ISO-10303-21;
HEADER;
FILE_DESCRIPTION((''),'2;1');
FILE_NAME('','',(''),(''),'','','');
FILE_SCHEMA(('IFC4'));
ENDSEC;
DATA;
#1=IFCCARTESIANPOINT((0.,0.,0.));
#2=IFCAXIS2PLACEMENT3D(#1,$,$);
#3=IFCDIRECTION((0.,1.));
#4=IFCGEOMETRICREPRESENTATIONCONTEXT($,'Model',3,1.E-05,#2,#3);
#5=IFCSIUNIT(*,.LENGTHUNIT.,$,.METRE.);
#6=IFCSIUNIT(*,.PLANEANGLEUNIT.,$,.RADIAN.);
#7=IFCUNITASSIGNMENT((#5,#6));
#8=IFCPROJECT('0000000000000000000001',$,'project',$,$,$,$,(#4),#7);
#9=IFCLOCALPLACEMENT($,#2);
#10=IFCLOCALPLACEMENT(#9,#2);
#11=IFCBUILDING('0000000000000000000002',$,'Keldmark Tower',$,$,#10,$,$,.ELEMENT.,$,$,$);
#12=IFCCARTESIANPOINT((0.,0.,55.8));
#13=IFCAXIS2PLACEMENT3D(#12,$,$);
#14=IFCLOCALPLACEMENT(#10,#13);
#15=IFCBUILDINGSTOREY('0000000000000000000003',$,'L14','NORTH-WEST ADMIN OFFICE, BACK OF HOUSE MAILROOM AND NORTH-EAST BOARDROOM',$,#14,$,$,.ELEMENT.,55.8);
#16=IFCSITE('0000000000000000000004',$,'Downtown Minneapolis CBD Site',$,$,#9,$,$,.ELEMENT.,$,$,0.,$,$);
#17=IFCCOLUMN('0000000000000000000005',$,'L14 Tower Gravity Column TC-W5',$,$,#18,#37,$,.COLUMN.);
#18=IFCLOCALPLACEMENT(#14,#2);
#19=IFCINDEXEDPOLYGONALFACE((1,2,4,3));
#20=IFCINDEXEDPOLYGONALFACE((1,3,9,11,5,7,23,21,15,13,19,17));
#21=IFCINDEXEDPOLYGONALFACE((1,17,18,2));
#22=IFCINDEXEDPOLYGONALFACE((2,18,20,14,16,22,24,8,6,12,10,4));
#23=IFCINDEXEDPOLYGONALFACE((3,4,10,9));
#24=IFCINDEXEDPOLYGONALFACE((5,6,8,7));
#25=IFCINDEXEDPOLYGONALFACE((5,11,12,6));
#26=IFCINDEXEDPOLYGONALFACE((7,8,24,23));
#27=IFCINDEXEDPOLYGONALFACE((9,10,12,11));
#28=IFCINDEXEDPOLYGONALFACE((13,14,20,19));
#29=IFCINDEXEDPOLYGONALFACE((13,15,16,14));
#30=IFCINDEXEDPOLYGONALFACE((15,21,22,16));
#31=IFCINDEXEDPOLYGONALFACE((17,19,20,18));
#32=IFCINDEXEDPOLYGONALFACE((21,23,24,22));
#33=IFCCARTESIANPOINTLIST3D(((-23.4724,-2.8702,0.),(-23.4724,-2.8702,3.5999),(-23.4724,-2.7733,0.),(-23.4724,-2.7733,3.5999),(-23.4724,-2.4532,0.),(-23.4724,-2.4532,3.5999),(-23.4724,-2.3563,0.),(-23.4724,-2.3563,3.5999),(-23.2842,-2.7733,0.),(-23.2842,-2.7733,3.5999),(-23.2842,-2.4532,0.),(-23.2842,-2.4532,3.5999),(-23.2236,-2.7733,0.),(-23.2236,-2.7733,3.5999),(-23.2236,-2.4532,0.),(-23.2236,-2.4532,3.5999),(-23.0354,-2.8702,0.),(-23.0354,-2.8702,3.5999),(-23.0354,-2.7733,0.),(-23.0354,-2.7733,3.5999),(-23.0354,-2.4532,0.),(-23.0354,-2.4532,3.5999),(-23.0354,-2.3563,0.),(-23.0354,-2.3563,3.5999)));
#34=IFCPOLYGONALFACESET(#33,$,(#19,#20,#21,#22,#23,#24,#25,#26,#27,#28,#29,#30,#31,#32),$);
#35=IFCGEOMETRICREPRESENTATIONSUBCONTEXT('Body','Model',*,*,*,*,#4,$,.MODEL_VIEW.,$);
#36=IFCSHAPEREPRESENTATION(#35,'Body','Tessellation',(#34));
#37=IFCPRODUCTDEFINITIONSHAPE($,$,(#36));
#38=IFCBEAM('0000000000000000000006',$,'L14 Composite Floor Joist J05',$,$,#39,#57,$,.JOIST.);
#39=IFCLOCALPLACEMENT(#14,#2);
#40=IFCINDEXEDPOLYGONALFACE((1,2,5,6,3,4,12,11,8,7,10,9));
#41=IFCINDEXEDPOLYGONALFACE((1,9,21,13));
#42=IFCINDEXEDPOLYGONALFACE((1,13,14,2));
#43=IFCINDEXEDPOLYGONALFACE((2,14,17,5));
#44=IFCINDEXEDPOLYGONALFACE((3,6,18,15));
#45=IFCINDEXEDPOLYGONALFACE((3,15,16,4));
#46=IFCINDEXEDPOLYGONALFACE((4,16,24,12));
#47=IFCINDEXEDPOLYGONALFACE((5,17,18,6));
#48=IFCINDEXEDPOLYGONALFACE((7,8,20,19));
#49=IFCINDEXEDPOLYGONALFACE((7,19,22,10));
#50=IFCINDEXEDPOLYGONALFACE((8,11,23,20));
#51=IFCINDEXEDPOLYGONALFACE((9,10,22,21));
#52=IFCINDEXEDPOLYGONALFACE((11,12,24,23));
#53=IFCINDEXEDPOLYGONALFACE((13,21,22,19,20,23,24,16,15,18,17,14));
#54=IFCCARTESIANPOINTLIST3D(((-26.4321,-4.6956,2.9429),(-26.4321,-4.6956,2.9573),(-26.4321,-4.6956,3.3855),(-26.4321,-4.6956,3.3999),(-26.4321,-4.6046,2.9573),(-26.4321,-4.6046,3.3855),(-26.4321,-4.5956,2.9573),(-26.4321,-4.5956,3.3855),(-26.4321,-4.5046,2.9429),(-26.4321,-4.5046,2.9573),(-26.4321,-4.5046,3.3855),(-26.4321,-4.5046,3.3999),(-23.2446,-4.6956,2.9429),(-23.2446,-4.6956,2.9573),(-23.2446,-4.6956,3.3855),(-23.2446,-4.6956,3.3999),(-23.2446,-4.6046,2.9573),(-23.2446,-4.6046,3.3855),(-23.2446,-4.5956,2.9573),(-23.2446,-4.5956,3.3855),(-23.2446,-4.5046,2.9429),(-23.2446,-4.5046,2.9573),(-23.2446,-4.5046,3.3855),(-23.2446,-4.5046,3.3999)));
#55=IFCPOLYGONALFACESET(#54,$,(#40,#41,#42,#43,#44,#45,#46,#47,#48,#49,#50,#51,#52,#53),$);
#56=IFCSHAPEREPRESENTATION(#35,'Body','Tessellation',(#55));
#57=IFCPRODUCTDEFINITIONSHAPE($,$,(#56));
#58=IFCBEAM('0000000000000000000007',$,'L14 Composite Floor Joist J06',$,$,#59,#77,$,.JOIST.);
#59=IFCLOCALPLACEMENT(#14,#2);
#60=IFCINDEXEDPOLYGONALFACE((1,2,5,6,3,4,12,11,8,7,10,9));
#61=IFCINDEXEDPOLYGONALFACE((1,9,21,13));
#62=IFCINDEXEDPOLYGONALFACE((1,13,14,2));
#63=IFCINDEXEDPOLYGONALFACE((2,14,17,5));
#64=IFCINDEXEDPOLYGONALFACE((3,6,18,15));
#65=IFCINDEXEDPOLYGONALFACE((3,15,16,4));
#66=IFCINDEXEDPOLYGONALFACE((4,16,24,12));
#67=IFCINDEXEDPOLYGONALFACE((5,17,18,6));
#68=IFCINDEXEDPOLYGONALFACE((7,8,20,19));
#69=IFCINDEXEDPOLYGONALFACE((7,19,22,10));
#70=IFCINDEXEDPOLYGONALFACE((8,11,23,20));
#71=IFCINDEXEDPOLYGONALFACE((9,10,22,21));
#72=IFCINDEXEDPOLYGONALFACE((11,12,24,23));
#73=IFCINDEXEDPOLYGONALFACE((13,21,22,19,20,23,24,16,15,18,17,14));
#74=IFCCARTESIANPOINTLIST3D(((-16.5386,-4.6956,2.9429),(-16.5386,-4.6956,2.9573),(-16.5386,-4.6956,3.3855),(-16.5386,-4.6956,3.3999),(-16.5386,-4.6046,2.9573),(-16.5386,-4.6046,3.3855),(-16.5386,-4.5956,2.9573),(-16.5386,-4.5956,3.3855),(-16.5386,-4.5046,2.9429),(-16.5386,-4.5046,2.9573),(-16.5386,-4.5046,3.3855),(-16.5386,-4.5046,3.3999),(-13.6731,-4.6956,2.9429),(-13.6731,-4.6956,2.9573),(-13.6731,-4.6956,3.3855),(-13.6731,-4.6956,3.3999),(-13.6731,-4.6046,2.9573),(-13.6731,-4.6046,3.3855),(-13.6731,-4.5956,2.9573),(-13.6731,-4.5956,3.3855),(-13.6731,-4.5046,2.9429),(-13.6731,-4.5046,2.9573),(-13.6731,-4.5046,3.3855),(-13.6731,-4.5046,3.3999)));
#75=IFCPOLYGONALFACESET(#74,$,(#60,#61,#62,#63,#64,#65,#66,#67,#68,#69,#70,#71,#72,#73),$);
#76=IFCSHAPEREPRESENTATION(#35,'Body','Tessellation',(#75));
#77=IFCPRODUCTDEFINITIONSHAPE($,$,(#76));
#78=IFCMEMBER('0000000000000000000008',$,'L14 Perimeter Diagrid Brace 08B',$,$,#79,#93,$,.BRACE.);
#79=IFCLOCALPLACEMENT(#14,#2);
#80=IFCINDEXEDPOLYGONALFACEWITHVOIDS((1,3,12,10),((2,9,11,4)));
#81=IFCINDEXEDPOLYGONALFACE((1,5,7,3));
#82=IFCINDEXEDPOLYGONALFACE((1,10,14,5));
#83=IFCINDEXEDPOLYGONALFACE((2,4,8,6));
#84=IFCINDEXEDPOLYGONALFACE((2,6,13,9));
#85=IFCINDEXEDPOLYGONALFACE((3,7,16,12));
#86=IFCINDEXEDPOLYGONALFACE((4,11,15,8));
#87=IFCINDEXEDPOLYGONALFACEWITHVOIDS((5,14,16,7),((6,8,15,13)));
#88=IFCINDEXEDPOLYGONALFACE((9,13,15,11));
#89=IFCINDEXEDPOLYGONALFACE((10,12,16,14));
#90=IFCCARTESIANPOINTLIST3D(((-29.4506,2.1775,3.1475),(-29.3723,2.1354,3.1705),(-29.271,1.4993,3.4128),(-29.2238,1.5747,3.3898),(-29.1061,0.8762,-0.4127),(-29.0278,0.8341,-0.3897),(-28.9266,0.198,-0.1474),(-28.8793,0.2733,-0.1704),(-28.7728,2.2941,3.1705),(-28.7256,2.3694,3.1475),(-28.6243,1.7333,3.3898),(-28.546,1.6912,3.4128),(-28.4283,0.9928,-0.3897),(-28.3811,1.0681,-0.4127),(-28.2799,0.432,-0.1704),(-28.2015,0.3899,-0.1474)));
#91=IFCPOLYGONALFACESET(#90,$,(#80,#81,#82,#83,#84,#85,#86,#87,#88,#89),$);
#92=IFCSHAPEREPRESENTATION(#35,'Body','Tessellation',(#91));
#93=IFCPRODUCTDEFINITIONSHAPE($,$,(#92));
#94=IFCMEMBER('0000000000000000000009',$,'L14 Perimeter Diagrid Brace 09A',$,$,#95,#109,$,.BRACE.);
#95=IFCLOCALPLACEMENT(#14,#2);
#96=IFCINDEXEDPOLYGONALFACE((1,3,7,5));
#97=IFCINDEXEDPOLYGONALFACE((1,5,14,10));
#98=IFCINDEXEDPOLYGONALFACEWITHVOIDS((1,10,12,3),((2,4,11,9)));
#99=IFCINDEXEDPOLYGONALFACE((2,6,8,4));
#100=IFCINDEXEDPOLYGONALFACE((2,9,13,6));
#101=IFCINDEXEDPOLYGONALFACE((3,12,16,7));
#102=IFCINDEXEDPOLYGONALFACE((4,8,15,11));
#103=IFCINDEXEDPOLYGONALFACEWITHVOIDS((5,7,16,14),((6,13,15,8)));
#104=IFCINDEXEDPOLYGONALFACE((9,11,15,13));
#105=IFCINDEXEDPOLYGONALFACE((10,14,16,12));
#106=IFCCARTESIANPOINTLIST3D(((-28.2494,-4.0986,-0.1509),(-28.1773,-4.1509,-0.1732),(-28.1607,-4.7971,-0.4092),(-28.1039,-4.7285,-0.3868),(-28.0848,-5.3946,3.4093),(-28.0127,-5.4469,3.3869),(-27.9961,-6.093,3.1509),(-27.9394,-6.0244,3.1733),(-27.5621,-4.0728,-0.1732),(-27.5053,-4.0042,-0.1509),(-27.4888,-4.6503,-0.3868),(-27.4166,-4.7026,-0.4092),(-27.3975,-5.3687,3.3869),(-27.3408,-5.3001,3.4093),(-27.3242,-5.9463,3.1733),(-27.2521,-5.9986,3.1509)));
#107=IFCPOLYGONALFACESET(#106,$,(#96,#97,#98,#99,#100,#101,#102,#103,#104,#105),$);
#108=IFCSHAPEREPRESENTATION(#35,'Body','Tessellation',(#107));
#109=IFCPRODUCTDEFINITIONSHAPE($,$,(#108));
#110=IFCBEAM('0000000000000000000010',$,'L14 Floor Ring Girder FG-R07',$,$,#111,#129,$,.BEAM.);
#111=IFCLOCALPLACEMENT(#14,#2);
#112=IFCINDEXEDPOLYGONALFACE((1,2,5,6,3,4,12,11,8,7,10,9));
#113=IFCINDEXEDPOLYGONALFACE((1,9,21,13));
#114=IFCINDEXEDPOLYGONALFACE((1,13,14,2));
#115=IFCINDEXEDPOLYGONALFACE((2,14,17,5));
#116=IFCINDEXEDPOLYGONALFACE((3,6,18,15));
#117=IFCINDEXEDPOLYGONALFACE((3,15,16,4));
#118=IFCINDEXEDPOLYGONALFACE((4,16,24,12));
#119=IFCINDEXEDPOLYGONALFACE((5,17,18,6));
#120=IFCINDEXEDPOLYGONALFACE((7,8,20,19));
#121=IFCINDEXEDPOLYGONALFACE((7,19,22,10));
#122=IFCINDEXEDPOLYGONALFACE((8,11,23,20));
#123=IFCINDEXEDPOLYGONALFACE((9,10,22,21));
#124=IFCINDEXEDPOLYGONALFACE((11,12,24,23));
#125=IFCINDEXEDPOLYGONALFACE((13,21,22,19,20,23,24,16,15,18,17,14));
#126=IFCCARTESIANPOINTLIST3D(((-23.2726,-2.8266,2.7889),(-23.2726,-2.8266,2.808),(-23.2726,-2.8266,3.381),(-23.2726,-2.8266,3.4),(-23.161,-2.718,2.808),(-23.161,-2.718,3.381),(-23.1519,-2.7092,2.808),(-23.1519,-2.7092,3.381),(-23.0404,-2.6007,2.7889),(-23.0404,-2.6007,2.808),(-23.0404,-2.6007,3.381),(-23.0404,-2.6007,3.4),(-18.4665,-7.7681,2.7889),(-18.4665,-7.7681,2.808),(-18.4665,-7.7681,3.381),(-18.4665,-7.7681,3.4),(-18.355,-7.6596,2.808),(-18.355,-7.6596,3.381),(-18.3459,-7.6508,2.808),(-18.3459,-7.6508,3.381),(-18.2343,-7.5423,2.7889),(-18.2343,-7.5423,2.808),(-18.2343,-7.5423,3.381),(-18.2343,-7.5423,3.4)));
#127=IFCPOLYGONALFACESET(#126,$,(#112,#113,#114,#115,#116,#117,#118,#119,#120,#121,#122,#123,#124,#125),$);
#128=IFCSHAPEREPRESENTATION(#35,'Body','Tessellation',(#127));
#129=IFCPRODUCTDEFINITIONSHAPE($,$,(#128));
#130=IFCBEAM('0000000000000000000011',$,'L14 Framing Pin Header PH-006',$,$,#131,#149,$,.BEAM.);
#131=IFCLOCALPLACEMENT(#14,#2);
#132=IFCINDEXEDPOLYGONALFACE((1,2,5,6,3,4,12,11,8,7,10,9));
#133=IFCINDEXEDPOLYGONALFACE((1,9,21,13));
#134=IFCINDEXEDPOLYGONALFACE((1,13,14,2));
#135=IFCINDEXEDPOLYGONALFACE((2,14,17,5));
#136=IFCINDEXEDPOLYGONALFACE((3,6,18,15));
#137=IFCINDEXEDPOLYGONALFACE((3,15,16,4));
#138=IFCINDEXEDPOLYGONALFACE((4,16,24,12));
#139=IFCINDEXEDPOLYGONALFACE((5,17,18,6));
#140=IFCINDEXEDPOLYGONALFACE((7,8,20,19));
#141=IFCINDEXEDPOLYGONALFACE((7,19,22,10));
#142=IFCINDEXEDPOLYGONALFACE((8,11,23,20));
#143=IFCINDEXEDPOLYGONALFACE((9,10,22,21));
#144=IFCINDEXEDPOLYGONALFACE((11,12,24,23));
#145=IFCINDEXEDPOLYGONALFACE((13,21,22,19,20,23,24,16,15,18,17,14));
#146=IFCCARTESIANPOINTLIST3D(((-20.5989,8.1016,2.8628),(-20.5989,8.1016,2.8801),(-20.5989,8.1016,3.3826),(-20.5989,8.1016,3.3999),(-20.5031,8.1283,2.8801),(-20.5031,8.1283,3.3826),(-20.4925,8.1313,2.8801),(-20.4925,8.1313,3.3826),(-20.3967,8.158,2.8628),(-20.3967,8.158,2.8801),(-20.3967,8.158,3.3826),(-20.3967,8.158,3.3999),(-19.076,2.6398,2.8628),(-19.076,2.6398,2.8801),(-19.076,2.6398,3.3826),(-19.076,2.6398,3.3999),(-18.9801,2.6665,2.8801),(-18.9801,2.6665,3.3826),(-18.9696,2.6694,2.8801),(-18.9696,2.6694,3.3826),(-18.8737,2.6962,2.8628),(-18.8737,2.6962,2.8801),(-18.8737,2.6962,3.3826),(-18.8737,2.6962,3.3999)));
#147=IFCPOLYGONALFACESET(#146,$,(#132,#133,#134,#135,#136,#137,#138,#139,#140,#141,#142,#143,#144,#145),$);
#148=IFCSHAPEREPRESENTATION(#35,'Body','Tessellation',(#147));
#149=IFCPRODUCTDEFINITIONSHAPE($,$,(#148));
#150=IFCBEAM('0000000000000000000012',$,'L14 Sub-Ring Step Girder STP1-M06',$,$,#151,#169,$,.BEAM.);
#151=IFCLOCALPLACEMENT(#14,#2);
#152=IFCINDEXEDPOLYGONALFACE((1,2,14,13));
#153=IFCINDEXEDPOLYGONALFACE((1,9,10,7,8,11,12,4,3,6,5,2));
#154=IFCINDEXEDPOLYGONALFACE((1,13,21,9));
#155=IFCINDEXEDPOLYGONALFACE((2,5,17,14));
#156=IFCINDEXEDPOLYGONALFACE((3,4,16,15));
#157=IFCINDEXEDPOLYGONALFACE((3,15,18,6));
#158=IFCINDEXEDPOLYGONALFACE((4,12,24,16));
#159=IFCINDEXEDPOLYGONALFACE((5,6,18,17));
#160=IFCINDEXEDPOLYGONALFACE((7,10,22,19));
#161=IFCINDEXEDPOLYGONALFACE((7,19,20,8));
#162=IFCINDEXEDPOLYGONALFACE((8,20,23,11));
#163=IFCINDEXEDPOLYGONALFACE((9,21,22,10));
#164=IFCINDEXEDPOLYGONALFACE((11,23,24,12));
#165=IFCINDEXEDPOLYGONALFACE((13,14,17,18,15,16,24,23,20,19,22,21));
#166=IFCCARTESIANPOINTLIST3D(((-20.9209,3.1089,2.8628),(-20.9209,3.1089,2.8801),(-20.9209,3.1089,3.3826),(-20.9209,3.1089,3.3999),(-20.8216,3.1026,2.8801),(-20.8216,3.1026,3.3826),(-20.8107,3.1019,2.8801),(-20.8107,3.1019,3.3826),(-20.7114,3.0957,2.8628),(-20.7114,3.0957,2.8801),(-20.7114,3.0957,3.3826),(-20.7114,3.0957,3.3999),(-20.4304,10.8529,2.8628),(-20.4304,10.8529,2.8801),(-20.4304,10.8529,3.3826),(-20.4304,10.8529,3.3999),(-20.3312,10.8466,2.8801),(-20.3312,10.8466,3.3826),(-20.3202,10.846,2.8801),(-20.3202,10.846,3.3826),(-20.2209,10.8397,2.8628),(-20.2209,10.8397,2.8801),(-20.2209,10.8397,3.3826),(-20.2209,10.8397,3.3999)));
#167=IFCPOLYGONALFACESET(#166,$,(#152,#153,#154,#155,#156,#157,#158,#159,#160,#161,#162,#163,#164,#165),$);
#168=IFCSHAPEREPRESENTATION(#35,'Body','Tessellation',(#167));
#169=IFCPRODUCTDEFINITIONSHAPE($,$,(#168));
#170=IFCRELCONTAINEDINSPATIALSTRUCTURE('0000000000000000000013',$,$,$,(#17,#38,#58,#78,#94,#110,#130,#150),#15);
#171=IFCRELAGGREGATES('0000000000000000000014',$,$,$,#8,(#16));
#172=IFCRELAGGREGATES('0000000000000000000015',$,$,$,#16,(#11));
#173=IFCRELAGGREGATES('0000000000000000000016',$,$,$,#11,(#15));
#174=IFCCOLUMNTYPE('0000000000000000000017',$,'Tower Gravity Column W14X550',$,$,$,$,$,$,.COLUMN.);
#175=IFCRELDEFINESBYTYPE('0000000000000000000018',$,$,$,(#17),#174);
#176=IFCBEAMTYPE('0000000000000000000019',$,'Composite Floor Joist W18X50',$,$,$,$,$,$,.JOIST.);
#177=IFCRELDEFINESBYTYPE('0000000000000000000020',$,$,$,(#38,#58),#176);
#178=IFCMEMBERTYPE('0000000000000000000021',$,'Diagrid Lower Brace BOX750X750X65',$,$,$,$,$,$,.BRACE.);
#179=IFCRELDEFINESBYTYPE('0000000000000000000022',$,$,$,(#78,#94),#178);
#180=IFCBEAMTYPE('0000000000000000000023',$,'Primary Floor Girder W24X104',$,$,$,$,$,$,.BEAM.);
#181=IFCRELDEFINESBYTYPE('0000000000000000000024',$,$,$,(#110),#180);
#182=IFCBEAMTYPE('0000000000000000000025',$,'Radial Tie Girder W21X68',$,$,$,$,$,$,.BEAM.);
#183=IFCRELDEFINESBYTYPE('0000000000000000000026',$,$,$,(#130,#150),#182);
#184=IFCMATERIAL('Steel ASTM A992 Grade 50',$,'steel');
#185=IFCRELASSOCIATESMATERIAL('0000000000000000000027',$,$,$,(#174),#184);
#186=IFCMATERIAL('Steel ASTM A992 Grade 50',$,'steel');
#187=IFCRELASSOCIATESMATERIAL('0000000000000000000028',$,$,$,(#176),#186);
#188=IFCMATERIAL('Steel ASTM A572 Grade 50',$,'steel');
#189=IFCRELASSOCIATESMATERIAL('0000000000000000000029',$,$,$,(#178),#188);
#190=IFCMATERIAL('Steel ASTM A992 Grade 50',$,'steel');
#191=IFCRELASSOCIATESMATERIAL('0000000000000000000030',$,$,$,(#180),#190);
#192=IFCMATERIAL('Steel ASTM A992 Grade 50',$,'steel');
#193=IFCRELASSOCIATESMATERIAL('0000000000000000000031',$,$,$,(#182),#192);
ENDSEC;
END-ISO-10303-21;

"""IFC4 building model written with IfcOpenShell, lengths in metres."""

from ifc_helpers import new_model, si_unit, direction, frame, origin, origin_2d, place, context, subcontext, project, spatial, hollow_rectangle, i_section, extrude, material, material_profile, profile_set, type_object, element, save


model = new_model("IFC4")

# Units and contexts
model_context = context("Model", 3, precision=1e-05, world=origin(), true_north=direction((0.0, 1.0)))
body_context = subcontext(model_context, "Body", "Model", "MODEL_VIEW")
ifc_project = project(units=[si_unit("LENGTHUNIT", "METRE"), si_unit("PLANEANGLEUNIT", "RADIAN")], contexts=[model_context])

# Site, building, storey
site_placement = place(None, origin())
site = spatial("IfcSite", under=ifc_project, at=site_placement, Name="Downtown Minneapolis CBD Site", CompositionType="ELEMENT", RefElevation=0.0)
building_placement = place(site_placement, origin())
building = spatial("IfcBuilding", under=site, at=building_placement, Name="Keldmark Tower", CompositionType="ELEMENT")
storey_placement = place(building_placement, frame((0.0, 0.0, 55.8)))
storey = spatial("IfcBuildingStorey", under=building, at=storey_placement, Name="L14", Description="NORTH-WEST ADMIN OFFICE, BACK OF HOUSE MAILROOM AND NORTH-EAST BOARDROOM", CompositionType="ELEMENT", Elevation=55.8)

# Column
ifc_material_1 = material(Name="Steel ASTM A992 Grade 50", Category="steel")
ifc_material_profile_1 = material_profile(ifc_material_1, i_section(OverallWidth=0.437, OverallDepth=0.5139, WebThickness=0.0605, FlangeThickness=0.0969, at=origin_2d()), Name="W14X550")
ifc_profile_set_1 = profile_set([ifc_material_profile_1], Name="Steel ASTM A992 Grade 50")
column_type = type_object("IfcColumnType", Name="Tower Gravity Column W14X550", PredefinedType="COLUMN", material=ifc_profile_set_1)
column_placement = place(storey_placement, frame((-23.2539, -2.6133, 0.0), z_axis=(0.0, 0.0, 1.0), x_axis=(1.0, 0.0, 0.0)))
element("IfcColumn", 1, at=column_placement, inside=storey, type_object=column_type, Name="L14 Tower Gravity Column TC-W5", PredefinedType="COLUMN", context=body_context, shape_type="SweptSolid", body=[
    extrude(i_section(OverallWidth=0.437, OverallDepth=0.5139, WebThickness=0.0605, FlangeThickness=0.0969, at=origin_2d()), origin(), (0.0, 0.0, 1.0), 3.5999),
])

# Beams
ifc_material_2 = material(Name="Steel ASTM A992 Grade 50", Category="steel")
ifc_material_profile_2 = material_profile(ifc_material_2, i_section(OverallWidth=0.1909, OverallDepth=0.457, WebThickness=0.009, FlangeThickness=0.0144, at=origin_2d()), Name="W18X50")
ifc_profile_set_2 = profile_set([ifc_material_profile_2], Name="Steel ASTM A992 Grade 50")
beam_type_1 = type_object("IfcBeamType", Name="Composite Floor Joist W18X50", PredefinedType="JOIST", material=ifc_profile_set_2)
beam_1_placement = place(storey_placement, frame((-26.4321, -4.6001, 3.1714), z_axis=(1.0, 0.0, 0.0), x_axis=(0.0, 1.0, 0.0)))
element("IfcBeam", 2, at=beam_1_placement, inside=storey, type_object=beam_type_1, Name="L14 Composite Floor Joist J05", PredefinedType="JOIST", context=body_context, shape_type="SweptSolid", body=[
    extrude(i_section(OverallWidth=0.1909, OverallDepth=0.457, WebThickness=0.009, FlangeThickness=0.0144, at=origin_2d()), origin(), (0.0, 0.0, 1.0), 3.1875),
])
beam_2_placement = place(storey_placement, frame((-16.5386, -4.6001, 3.1714), z_axis=(1.0, 0.0, 0.0), x_axis=(0.0, 1.0, 0.0)))
element("IfcBeam", 3, at=beam_2_placement, inside=storey, type_object=beam_type_1, Name="L14 Composite Floor Joist J06", PredefinedType="JOIST", context=body_context, shape_type="SweptSolid", body=[
    extrude(i_section(OverallWidth=0.1909, OverallDepth=0.457, WebThickness=0.009, FlangeThickness=0.0144, at=origin_2d()), origin(), (0.0, 0.0, 1.0), 2.8655),
])

# Members
ifc_material_3 = material(Name="Steel ASTM A572 Grade 50", Category="steel")
ifc_material_profile_3 = material_profile(ifc_material_3, hollow_rectangle(XDim=0.75, YDim=0.75, WallThickness=0.0649, at=origin_2d()), Name="BOX750X750X65")
ifc_profile_set_3 = profile_set([ifc_material_profile_3], Name="Steel ASTM A572 Grade 50")
member_type = type_object("IfcMemberType", Name="Diagrid Lower Brace BOX750X750X65", PredefinedType="BRACE", material=ifc_profile_set_3)
member_1_placement = place(storey_placement, frame((-28.6538, 0.6331, -0.28), z_axis=(-0.090509, 0.341895, 0.935369), x_axis=(-0.9667, -0.255913, 0.0)))
element("IfcMember", 4, at=member_1_placement, inside=storey, type_object=member_type, Name="L14 Perimeter Diagrid Brace 08B", PredefinedType="BRACE", context=body_context, shape_type="SweptSolid", body=[
    extrude(hollow_rectangle(XDim=0.75, YDim=0.75, WallThickness=0.0649, at=origin_2d()), origin(), (0.0, 0.0, 1.0), 3.8062),
])
member_2_placement = place(storey_placement, frame((-27.833, -4.4006, -0.28), z_axis=(0.043392, -0.341731, 0.938795), x_axis=(0.992034, 0.125967, 0.0)))
element("IfcMember", 5, at=member_2_placement, inside=storey, type_object=member_type, Name="L14 Perimeter Diagrid Brace 09A", PredefinedType="BRACE", context=body_context, shape_type="SweptSolid", body=[
    extrude(hollow_rectangle(XDim=0.75, YDim=0.75, WallThickness=0.0649, at=origin_2d()), origin(), (0.0, 0.0, 1.0), 3.7922),
])

# Beams
ifc_material_4 = material(Name="Steel ASTM A992 Grade 50", Category="steel")
ifc_material_profile_4 = material_profile(ifc_material_4, i_section(OverallWidth=0.324, OverallDepth=0.6111, WebThickness=0.0127, FlangeThickness=0.019, at=origin_2d()), Name="W24X104")
ifc_profile_set_4 = profile_set([ifc_material_profile_4], Name="Steel ASTM A992 Grade 50")
beam_type_2 = type_object("IfcBeamType", Name="Primary Floor Girder W24X104", PredefinedType="BEAM", material=ifc_profile_set_4)
beam_3_placement = place(storey_placement, frame((-23.1565, -2.7136, 3.0945), z_axis=(0.69721, -0.716867, 0.0), x_axis=(0.716867, 0.69721, 0.0)))
element("IfcBeam", 6, at=beam_3_placement, inside=storey, type_object=beam_type_2, Name="L14 Floor Ring Girder FG-R07", PredefinedType="BEAM", context=body_context, shape_type="SweptSolid", body=[
    extrude(i_section(OverallWidth=0.324, OverallDepth=0.6111, WebThickness=0.0127, FlangeThickness=0.019, at=origin_2d()), origin(), (0.0, 0.0, 1.0), 6.8933),
])
ifc_material_5 = material(Name="Steel ASTM A992 Grade 50", Category="steel")
ifc_material_profile_5 = material_profile(ifc_material_5, i_section(OverallWidth=0.21, OverallDepth=0.5371, WebThickness=0.011, FlangeThickness=0.0173, at=origin_2d()), Name="W21X68")
ifc_profile_set_5 = profile_set([ifc_material_profile_5], Name="Steel ASTM A992 Grade 50")
beam_type_3 = type_object("IfcBeamType", Name="Radial Tie Girder W21X68", PredefinedType="BEAM", material=ifc_profile_set_5)
beam_4_placement = place(storey_placement, frame((-18.9749, 2.668, 3.1313), z_axis=(-0.268585, 0.963256, 0.0), x_axis=(-0.963256, -0.268585, 0.0)))
element("IfcBeam", 7, at=beam_4_placement, inside=storey, type_object=beam_type_3, Name="L14 Framing Pin Header PH-006", PredefinedType="BEAM", context=body_context, shape_type="SweptSolid", body=[
    extrude(i_section(OverallWidth=0.21, OverallDepth=0.5371, WebThickness=0.011, FlangeThickness=0.0173, at=origin_2d()), origin(), (0.0, 0.0, 1.0), 5.6702),
])
beam_5_placement = place(storey_placement, frame((-20.8162, 3.1023, 3.1313), z_axis=(0.063211, 0.998, 0.0), x_axis=(-0.998, 0.063211, 0.0)))
element("IfcBeam", 8, at=beam_5_placement, inside=storey, type_object=beam_type_3, Name="L14 Sub-Ring Step Girder STP1-M06", PredefinedType="BEAM", context=body_context, shape_type="SweptSolid", body=[
    extrude(i_section(OverallWidth=0.21, OverallDepth=0.5371, WebThickness=0.011, FlangeThickness=0.0173, at=origin_2d()), origin(), (0.0, 0.0, 1.0), 7.7595),
])

save(model, "model.ifc")
